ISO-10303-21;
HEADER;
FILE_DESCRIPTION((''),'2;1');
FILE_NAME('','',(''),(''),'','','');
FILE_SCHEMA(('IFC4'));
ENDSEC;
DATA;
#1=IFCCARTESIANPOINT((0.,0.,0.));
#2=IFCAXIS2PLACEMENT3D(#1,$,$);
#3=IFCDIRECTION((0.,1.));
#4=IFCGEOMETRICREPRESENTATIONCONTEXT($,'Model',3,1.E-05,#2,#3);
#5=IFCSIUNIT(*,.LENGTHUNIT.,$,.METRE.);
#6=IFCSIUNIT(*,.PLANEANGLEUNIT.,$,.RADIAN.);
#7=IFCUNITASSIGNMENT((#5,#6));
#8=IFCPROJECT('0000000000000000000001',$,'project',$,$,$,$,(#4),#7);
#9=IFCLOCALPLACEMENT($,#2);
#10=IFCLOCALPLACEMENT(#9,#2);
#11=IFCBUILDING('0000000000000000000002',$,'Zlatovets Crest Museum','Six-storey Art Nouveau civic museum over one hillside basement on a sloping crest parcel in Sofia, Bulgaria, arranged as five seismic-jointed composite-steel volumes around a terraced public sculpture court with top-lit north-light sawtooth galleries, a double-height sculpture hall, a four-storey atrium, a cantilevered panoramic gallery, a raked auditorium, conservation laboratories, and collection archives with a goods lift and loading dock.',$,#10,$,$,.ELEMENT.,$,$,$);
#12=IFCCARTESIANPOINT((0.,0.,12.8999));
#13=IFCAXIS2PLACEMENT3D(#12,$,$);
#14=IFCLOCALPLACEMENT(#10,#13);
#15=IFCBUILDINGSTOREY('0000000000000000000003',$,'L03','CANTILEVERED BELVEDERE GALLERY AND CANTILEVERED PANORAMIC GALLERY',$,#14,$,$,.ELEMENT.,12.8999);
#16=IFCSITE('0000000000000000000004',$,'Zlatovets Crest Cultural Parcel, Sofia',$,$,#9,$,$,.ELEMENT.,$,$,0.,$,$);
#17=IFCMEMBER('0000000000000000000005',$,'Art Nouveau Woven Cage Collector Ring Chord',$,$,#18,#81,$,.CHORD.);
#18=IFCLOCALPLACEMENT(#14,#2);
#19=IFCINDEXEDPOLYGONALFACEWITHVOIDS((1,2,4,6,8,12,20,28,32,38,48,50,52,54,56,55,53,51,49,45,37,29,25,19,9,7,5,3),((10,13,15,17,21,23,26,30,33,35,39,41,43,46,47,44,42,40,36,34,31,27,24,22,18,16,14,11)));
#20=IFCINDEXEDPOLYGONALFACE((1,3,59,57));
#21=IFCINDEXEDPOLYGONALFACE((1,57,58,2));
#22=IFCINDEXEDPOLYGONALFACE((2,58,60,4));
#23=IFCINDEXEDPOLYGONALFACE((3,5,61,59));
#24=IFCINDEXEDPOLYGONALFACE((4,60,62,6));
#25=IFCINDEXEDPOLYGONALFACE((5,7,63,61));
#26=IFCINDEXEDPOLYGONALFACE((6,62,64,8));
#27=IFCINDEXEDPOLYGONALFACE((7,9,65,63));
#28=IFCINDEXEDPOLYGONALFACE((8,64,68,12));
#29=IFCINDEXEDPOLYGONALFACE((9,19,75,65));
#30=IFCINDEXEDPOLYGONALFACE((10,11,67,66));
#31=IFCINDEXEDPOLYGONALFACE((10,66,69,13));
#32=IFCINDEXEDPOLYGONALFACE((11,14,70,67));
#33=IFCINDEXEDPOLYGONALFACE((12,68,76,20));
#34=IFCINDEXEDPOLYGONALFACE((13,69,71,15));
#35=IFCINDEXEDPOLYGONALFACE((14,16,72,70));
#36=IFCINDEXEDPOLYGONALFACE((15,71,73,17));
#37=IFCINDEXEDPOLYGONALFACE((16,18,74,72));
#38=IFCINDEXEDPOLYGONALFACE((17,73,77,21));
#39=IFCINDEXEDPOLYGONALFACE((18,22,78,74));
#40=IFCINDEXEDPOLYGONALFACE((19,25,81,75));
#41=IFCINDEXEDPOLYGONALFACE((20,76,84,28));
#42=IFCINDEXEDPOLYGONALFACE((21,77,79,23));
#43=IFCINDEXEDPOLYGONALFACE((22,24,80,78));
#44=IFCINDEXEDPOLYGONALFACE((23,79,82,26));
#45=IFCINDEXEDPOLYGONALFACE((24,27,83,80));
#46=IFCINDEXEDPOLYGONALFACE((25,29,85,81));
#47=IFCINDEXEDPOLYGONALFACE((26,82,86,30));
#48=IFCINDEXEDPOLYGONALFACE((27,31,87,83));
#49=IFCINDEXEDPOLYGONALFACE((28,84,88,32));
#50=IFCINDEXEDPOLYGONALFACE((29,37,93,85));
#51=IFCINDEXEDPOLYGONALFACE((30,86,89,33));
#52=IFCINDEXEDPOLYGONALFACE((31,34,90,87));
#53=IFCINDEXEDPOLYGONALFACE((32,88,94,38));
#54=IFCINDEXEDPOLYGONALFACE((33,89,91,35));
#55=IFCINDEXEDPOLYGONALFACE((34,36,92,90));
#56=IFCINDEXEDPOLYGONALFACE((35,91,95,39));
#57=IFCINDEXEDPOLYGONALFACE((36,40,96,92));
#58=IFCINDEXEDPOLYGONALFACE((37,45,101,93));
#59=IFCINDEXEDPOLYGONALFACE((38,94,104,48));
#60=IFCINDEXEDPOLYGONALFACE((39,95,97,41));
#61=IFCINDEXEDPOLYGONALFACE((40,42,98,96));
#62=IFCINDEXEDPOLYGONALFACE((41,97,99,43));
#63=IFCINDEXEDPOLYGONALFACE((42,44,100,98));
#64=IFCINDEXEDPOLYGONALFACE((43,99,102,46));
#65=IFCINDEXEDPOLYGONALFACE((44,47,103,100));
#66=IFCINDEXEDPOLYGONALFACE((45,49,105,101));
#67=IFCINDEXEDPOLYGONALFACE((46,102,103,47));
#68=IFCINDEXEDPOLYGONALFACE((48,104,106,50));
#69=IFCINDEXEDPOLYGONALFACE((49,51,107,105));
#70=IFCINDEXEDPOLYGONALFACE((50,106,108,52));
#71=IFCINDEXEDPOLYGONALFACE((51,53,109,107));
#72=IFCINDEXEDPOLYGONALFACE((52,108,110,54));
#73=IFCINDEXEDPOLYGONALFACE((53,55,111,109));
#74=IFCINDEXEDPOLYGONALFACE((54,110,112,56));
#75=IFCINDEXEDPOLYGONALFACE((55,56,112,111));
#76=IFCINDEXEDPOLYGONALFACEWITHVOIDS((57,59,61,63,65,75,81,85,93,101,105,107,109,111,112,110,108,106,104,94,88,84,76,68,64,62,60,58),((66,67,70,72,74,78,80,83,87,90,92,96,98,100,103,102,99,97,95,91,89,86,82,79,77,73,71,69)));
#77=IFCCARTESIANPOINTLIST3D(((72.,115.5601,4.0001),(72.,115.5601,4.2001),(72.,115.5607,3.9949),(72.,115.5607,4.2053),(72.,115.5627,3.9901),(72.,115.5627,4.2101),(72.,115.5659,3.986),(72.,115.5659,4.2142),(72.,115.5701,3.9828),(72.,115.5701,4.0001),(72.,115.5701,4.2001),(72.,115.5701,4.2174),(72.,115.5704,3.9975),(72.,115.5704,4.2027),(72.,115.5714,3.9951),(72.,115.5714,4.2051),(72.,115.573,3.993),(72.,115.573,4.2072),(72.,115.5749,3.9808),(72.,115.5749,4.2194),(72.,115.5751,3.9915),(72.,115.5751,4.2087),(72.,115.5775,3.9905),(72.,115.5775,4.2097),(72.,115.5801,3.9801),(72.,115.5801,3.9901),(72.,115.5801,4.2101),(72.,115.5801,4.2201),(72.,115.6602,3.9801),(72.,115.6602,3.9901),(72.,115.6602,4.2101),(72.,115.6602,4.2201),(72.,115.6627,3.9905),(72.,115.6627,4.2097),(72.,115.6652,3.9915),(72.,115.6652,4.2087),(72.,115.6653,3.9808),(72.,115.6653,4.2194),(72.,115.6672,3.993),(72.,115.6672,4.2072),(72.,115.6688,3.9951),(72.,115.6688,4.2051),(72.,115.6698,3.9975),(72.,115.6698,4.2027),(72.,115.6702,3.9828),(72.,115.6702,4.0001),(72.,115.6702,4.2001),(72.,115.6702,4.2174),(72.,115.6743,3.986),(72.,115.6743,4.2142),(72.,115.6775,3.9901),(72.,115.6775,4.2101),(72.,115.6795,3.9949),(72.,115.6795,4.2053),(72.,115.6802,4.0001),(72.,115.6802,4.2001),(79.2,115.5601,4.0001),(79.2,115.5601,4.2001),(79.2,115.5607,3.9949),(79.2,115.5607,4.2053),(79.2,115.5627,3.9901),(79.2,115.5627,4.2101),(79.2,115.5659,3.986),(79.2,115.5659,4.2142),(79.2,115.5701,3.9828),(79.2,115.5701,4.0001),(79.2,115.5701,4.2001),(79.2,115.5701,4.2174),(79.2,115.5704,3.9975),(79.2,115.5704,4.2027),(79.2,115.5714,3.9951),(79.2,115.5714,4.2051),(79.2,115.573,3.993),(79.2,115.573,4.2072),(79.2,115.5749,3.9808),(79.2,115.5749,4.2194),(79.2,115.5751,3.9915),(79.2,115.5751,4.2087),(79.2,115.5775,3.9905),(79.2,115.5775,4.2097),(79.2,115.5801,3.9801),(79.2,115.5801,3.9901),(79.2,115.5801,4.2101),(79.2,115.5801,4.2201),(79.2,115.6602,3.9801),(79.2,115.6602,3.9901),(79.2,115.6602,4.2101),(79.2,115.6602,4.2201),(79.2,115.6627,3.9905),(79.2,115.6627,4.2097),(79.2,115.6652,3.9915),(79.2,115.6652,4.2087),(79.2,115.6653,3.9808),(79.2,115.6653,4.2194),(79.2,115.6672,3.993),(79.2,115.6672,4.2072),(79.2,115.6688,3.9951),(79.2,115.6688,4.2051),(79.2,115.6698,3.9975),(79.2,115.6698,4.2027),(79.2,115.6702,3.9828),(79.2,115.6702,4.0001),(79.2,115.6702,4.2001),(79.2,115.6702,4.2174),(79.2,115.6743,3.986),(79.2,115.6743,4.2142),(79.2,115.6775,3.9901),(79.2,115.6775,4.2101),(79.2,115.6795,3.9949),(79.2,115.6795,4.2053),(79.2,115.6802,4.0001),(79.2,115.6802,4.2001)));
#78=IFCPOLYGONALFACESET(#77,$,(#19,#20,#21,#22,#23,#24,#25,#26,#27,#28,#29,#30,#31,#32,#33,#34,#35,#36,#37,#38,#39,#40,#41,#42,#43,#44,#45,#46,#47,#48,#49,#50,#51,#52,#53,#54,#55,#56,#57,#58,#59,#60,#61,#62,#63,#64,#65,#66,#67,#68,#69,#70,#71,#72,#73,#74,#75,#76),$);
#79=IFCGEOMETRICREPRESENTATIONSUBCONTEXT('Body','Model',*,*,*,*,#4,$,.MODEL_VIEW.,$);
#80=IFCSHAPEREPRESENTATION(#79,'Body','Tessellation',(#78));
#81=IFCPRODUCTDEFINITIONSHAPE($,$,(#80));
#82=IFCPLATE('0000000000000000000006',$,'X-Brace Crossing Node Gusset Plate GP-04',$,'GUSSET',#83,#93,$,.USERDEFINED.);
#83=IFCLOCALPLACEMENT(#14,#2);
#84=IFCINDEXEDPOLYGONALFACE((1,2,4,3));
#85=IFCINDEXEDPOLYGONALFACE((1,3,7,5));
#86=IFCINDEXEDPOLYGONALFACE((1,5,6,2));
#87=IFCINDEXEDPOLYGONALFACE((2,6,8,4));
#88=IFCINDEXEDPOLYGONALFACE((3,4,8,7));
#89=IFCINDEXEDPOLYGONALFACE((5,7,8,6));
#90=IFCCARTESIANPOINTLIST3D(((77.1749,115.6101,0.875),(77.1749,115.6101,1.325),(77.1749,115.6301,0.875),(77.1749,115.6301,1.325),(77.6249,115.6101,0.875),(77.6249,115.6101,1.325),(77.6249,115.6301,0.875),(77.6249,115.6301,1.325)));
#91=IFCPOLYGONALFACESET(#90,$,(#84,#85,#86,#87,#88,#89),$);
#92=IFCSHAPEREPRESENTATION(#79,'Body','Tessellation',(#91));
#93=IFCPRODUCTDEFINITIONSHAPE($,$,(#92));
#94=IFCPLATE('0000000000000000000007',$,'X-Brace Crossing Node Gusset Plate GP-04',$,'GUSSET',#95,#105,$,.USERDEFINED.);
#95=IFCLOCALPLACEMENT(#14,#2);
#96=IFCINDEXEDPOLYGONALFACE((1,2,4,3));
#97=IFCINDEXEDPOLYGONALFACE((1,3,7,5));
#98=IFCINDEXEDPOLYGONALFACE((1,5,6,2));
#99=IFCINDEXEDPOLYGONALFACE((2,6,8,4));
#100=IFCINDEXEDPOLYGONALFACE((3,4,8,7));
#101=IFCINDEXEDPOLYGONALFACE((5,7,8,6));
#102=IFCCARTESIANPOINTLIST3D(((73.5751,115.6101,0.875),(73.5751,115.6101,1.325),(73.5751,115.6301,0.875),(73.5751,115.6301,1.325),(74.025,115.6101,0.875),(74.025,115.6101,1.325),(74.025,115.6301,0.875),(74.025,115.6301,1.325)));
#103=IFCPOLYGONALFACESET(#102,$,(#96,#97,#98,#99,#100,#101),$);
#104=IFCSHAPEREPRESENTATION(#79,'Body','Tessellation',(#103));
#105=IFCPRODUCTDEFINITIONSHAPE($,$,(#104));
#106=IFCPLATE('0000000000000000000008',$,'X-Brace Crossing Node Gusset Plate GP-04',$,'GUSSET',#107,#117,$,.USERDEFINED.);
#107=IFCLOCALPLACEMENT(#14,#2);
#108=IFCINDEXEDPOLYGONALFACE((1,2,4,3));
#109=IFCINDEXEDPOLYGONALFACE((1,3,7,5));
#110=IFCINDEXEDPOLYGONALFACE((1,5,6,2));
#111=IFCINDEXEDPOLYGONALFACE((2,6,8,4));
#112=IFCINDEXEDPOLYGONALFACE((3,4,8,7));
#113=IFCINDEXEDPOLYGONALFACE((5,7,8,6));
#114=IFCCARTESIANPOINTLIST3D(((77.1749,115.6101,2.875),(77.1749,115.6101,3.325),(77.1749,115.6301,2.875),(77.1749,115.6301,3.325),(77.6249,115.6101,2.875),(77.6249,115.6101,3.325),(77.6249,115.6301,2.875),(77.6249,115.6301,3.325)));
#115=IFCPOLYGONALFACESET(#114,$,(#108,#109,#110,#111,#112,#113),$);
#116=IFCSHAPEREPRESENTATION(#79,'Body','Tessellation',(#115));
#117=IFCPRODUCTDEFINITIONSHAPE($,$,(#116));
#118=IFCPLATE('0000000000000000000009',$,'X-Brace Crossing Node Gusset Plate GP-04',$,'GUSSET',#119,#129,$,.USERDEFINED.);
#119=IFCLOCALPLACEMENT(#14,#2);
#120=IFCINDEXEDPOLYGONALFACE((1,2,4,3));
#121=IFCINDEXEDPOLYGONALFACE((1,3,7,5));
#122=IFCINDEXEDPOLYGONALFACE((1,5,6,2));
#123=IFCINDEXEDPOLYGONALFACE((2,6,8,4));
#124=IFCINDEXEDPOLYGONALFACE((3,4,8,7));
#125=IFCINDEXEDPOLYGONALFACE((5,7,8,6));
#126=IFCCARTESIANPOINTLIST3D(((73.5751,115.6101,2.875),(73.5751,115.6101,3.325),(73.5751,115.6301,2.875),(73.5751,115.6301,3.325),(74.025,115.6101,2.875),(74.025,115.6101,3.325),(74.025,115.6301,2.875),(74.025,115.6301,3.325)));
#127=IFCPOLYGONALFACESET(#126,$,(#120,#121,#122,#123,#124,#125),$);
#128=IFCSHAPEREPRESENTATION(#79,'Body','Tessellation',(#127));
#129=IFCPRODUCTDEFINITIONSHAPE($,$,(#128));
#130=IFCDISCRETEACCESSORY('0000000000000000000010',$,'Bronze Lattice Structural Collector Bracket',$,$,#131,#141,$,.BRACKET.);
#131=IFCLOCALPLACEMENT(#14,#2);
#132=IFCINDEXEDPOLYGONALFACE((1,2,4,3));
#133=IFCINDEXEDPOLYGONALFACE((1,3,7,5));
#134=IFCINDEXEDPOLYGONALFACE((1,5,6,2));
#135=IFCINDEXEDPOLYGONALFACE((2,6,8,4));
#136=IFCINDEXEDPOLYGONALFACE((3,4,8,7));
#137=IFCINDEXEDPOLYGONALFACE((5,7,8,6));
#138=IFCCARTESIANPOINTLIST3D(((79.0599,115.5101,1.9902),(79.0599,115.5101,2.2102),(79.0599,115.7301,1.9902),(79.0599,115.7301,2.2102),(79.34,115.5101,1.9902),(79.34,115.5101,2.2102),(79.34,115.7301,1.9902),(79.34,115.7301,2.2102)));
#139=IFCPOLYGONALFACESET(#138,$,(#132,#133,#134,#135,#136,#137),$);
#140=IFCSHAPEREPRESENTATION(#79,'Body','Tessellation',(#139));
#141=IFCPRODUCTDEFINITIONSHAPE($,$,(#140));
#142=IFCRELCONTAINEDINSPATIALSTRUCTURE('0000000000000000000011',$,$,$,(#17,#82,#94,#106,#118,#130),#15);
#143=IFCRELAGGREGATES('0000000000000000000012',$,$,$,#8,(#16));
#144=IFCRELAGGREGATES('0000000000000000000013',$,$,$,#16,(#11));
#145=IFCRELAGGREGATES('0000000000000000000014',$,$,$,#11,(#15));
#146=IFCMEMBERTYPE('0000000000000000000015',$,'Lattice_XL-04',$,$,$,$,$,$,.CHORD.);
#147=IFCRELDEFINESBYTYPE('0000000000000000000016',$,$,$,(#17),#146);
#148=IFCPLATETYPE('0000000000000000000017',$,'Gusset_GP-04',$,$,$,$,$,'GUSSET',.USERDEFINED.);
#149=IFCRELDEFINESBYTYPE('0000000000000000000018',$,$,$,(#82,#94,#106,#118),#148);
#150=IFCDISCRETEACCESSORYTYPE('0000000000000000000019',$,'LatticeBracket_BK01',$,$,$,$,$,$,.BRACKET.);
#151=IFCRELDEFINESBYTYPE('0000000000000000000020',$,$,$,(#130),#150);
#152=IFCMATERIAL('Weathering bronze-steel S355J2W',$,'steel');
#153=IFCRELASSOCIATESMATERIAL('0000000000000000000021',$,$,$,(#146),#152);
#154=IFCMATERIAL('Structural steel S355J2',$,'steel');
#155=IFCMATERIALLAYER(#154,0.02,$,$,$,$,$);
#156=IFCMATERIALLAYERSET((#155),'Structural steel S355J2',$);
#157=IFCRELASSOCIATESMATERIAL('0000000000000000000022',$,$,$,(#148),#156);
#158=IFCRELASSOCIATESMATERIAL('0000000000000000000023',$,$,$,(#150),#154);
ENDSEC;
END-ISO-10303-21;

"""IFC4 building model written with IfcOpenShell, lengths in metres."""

from ifc_helpers import new_model, si_unit, direction, frame, origin, origin_2d, place, context, subcontext, project, spatial, rectangle, hollow_rectangle, extrude, material, layer, layer_set, material_profile, profile_set, type_object, element, save


model = new_model("IFC4")

# Units and contexts
model_context = context("Model", 3, precision=1e-05, world=origin(), true_north=direction((0.0, 1.0)))
body_context = subcontext(model_context, "Body", "Model", "MODEL_VIEW")
ifc_project = project(units=[si_unit("LENGTHUNIT", "METRE"), si_unit("PLANEANGLEUNIT", "RADIAN")], contexts=[model_context])

# Site, building, storey
site_placement = place(None, origin())
site = spatial("IfcSite", under=ifc_project, at=site_placement, Name="Zlatovets Crest Cultural Parcel, Sofia", CompositionType="ELEMENT", RefElevation=0.0)
building_placement = place(site_placement, origin())
building = spatial("IfcBuilding", under=site, at=building_placement, Name="Zlatovets Crest Museum", Description="Six-storey Art Nouveau civic museum over one hillside basement on a sloping crest parcel in Sofia, Bulgaria, arranged as five seismic-jointed composite-steel volumes around a terraced public sculpture court with top-lit north-light sawtooth galleries, a double-height sculpture hall, a four-storey atrium, a cantilevered panoramic gallery, a raked auditorium, conservation laboratories, and collection archives with a goods lift and loading dock.", CompositionType="ELEMENT")
storey_placement = place(building_placement, frame((0.0, 0.0, 12.8999)))
storey = spatial("IfcBuildingStorey", under=building, at=storey_placement, Name="L03", Description="CANTILEVERED BELVEDERE GALLERY AND CANTILEVERED PANORAMIC GALLERY", CompositionType="ELEMENT", Elevation=12.8999)

# Member
ifc_material_1 = material(Name="Weathering bronze-steel S355J2W", Category="steel")
ifc_material_profile_1 = material_profile(ifc_material_1, hollow_rectangle(XDim=0.1201, YDim=0.24, WallThickness=0.01, InnerFilletRadius=0.01, OuterFilletRadius=0.02, at=origin_2d()), Name="RHS 120x240x10.0")
ifc_profile_set_1 = profile_set([ifc_material_profile_1], Name="Weathering bronze-steel S355J2W")
member_type_1 = type_object("IfcMemberType", Name="Lattice_XL-04", PredefinedType="CHORD", material=ifc_profile_set_1)
member_1_placement = place(storey_placement, frame((79.2, 115.6201, 4.1001), z_axis=(-1.0, 0.0, 0.0), x_axis=(0.0, -1.0, 0.0)))
element("IfcMember", 1, at=member_1_placement, inside=storey, type_object=member_type_1, Name="Art Nouveau Woven Cage Collector Ring Chord", PredefinedType="CHORD", context=body_context, shape_type="SweptSolid", body=[
    extrude(hollow_rectangle(XDim=0.1201, YDim=0.24, WallThickness=0.01, InnerFilletRadius=0.01, OuterFilletRadius=0.02, at=origin_2d()), origin(), (0.0, 0.0, 1.0), 7.2),
])

# Plates
ifc_material_2 = material(Name="Structural steel S355J2", Category="steel")
ifc_layer = layer(ifc_material_2, 0.02)
ifc_layer_set = layer_set([ifc_layer], Name="Structural steel S355J2")
plate_type = type_object("IfcPlateType", Name="Gusset_GP-04", ElementType="GUSSET", PredefinedType="USERDEFINED", material=ifc_layer_set)
for number, where, z_axis, x_axis, name in (
    (2, (77.3999, 115.6201, 0.875), (0.0, 0.0, 1.0), (1.0, 0.0, 0.0), "X-Brace Crossing Node Gusset Plate GP-04"),
    (3, (73.8, 115.6201, 0.875), (0.0, 0.0, 1.0), (1.0, 0.0, 0.0), "X-Brace Crossing Node Gusset Plate GP-04"),
    (4, (77.3999, 115.6201, 2.875), (0.0, 0.0, 1.0), (1.0, 0.0, 0.0), "X-Brace Crossing Node Gusset Plate GP-04"),
    (5, (73.8, 115.6201, 2.875), (0.0, 0.0, 1.0), (1.0, 0.0, 0.0), "X-Brace Crossing Node Gusset Plate GP-04"),
):
    element("IfcPlate", number, at=place(storey_placement, frame(where, z_axis=z_axis, x_axis=x_axis)), inside=storey, type_object=plate_type, Name=name, ObjectType="GUSSET", PredefinedType="USERDEFINED", context=body_context, shape_type="SweptSolid", body=[
        extrude(rectangle(XDim=0.45, YDim=0.02, at=origin_2d()), origin(), (0.0, 0.0, 1.0), 0.45),
    ])

# Discrete accessory
discrete_accessory_type = type_object("IfcDiscreteAccessoryType", Name="LatticeBracket_BK01", PredefinedType="BRACKET", material=ifc_material_2)
discrete_accessory_placement = place(storey_placement, frame((79.2, 115.6201, 1.9902), z_axis=(0.0, 0.0, 1.0), x_axis=(1.0, 0.0, 0.0)))
element("IfcDiscreteAccessory", 6, at=discrete_accessory_placement, inside=storey, type_object=discrete_accessory_type, Name="Bronze Lattice Structural Collector Bracket", PredefinedType="BRACKET", context=body_context, shape_type="SweptSolid", body=[
    extrude(rectangle(XDim=0.28, YDim=0.22, at=origin_2d()), origin(), (0.0, 0.0, 1.0), 0.22),
])

save(model, "model.ifc")
